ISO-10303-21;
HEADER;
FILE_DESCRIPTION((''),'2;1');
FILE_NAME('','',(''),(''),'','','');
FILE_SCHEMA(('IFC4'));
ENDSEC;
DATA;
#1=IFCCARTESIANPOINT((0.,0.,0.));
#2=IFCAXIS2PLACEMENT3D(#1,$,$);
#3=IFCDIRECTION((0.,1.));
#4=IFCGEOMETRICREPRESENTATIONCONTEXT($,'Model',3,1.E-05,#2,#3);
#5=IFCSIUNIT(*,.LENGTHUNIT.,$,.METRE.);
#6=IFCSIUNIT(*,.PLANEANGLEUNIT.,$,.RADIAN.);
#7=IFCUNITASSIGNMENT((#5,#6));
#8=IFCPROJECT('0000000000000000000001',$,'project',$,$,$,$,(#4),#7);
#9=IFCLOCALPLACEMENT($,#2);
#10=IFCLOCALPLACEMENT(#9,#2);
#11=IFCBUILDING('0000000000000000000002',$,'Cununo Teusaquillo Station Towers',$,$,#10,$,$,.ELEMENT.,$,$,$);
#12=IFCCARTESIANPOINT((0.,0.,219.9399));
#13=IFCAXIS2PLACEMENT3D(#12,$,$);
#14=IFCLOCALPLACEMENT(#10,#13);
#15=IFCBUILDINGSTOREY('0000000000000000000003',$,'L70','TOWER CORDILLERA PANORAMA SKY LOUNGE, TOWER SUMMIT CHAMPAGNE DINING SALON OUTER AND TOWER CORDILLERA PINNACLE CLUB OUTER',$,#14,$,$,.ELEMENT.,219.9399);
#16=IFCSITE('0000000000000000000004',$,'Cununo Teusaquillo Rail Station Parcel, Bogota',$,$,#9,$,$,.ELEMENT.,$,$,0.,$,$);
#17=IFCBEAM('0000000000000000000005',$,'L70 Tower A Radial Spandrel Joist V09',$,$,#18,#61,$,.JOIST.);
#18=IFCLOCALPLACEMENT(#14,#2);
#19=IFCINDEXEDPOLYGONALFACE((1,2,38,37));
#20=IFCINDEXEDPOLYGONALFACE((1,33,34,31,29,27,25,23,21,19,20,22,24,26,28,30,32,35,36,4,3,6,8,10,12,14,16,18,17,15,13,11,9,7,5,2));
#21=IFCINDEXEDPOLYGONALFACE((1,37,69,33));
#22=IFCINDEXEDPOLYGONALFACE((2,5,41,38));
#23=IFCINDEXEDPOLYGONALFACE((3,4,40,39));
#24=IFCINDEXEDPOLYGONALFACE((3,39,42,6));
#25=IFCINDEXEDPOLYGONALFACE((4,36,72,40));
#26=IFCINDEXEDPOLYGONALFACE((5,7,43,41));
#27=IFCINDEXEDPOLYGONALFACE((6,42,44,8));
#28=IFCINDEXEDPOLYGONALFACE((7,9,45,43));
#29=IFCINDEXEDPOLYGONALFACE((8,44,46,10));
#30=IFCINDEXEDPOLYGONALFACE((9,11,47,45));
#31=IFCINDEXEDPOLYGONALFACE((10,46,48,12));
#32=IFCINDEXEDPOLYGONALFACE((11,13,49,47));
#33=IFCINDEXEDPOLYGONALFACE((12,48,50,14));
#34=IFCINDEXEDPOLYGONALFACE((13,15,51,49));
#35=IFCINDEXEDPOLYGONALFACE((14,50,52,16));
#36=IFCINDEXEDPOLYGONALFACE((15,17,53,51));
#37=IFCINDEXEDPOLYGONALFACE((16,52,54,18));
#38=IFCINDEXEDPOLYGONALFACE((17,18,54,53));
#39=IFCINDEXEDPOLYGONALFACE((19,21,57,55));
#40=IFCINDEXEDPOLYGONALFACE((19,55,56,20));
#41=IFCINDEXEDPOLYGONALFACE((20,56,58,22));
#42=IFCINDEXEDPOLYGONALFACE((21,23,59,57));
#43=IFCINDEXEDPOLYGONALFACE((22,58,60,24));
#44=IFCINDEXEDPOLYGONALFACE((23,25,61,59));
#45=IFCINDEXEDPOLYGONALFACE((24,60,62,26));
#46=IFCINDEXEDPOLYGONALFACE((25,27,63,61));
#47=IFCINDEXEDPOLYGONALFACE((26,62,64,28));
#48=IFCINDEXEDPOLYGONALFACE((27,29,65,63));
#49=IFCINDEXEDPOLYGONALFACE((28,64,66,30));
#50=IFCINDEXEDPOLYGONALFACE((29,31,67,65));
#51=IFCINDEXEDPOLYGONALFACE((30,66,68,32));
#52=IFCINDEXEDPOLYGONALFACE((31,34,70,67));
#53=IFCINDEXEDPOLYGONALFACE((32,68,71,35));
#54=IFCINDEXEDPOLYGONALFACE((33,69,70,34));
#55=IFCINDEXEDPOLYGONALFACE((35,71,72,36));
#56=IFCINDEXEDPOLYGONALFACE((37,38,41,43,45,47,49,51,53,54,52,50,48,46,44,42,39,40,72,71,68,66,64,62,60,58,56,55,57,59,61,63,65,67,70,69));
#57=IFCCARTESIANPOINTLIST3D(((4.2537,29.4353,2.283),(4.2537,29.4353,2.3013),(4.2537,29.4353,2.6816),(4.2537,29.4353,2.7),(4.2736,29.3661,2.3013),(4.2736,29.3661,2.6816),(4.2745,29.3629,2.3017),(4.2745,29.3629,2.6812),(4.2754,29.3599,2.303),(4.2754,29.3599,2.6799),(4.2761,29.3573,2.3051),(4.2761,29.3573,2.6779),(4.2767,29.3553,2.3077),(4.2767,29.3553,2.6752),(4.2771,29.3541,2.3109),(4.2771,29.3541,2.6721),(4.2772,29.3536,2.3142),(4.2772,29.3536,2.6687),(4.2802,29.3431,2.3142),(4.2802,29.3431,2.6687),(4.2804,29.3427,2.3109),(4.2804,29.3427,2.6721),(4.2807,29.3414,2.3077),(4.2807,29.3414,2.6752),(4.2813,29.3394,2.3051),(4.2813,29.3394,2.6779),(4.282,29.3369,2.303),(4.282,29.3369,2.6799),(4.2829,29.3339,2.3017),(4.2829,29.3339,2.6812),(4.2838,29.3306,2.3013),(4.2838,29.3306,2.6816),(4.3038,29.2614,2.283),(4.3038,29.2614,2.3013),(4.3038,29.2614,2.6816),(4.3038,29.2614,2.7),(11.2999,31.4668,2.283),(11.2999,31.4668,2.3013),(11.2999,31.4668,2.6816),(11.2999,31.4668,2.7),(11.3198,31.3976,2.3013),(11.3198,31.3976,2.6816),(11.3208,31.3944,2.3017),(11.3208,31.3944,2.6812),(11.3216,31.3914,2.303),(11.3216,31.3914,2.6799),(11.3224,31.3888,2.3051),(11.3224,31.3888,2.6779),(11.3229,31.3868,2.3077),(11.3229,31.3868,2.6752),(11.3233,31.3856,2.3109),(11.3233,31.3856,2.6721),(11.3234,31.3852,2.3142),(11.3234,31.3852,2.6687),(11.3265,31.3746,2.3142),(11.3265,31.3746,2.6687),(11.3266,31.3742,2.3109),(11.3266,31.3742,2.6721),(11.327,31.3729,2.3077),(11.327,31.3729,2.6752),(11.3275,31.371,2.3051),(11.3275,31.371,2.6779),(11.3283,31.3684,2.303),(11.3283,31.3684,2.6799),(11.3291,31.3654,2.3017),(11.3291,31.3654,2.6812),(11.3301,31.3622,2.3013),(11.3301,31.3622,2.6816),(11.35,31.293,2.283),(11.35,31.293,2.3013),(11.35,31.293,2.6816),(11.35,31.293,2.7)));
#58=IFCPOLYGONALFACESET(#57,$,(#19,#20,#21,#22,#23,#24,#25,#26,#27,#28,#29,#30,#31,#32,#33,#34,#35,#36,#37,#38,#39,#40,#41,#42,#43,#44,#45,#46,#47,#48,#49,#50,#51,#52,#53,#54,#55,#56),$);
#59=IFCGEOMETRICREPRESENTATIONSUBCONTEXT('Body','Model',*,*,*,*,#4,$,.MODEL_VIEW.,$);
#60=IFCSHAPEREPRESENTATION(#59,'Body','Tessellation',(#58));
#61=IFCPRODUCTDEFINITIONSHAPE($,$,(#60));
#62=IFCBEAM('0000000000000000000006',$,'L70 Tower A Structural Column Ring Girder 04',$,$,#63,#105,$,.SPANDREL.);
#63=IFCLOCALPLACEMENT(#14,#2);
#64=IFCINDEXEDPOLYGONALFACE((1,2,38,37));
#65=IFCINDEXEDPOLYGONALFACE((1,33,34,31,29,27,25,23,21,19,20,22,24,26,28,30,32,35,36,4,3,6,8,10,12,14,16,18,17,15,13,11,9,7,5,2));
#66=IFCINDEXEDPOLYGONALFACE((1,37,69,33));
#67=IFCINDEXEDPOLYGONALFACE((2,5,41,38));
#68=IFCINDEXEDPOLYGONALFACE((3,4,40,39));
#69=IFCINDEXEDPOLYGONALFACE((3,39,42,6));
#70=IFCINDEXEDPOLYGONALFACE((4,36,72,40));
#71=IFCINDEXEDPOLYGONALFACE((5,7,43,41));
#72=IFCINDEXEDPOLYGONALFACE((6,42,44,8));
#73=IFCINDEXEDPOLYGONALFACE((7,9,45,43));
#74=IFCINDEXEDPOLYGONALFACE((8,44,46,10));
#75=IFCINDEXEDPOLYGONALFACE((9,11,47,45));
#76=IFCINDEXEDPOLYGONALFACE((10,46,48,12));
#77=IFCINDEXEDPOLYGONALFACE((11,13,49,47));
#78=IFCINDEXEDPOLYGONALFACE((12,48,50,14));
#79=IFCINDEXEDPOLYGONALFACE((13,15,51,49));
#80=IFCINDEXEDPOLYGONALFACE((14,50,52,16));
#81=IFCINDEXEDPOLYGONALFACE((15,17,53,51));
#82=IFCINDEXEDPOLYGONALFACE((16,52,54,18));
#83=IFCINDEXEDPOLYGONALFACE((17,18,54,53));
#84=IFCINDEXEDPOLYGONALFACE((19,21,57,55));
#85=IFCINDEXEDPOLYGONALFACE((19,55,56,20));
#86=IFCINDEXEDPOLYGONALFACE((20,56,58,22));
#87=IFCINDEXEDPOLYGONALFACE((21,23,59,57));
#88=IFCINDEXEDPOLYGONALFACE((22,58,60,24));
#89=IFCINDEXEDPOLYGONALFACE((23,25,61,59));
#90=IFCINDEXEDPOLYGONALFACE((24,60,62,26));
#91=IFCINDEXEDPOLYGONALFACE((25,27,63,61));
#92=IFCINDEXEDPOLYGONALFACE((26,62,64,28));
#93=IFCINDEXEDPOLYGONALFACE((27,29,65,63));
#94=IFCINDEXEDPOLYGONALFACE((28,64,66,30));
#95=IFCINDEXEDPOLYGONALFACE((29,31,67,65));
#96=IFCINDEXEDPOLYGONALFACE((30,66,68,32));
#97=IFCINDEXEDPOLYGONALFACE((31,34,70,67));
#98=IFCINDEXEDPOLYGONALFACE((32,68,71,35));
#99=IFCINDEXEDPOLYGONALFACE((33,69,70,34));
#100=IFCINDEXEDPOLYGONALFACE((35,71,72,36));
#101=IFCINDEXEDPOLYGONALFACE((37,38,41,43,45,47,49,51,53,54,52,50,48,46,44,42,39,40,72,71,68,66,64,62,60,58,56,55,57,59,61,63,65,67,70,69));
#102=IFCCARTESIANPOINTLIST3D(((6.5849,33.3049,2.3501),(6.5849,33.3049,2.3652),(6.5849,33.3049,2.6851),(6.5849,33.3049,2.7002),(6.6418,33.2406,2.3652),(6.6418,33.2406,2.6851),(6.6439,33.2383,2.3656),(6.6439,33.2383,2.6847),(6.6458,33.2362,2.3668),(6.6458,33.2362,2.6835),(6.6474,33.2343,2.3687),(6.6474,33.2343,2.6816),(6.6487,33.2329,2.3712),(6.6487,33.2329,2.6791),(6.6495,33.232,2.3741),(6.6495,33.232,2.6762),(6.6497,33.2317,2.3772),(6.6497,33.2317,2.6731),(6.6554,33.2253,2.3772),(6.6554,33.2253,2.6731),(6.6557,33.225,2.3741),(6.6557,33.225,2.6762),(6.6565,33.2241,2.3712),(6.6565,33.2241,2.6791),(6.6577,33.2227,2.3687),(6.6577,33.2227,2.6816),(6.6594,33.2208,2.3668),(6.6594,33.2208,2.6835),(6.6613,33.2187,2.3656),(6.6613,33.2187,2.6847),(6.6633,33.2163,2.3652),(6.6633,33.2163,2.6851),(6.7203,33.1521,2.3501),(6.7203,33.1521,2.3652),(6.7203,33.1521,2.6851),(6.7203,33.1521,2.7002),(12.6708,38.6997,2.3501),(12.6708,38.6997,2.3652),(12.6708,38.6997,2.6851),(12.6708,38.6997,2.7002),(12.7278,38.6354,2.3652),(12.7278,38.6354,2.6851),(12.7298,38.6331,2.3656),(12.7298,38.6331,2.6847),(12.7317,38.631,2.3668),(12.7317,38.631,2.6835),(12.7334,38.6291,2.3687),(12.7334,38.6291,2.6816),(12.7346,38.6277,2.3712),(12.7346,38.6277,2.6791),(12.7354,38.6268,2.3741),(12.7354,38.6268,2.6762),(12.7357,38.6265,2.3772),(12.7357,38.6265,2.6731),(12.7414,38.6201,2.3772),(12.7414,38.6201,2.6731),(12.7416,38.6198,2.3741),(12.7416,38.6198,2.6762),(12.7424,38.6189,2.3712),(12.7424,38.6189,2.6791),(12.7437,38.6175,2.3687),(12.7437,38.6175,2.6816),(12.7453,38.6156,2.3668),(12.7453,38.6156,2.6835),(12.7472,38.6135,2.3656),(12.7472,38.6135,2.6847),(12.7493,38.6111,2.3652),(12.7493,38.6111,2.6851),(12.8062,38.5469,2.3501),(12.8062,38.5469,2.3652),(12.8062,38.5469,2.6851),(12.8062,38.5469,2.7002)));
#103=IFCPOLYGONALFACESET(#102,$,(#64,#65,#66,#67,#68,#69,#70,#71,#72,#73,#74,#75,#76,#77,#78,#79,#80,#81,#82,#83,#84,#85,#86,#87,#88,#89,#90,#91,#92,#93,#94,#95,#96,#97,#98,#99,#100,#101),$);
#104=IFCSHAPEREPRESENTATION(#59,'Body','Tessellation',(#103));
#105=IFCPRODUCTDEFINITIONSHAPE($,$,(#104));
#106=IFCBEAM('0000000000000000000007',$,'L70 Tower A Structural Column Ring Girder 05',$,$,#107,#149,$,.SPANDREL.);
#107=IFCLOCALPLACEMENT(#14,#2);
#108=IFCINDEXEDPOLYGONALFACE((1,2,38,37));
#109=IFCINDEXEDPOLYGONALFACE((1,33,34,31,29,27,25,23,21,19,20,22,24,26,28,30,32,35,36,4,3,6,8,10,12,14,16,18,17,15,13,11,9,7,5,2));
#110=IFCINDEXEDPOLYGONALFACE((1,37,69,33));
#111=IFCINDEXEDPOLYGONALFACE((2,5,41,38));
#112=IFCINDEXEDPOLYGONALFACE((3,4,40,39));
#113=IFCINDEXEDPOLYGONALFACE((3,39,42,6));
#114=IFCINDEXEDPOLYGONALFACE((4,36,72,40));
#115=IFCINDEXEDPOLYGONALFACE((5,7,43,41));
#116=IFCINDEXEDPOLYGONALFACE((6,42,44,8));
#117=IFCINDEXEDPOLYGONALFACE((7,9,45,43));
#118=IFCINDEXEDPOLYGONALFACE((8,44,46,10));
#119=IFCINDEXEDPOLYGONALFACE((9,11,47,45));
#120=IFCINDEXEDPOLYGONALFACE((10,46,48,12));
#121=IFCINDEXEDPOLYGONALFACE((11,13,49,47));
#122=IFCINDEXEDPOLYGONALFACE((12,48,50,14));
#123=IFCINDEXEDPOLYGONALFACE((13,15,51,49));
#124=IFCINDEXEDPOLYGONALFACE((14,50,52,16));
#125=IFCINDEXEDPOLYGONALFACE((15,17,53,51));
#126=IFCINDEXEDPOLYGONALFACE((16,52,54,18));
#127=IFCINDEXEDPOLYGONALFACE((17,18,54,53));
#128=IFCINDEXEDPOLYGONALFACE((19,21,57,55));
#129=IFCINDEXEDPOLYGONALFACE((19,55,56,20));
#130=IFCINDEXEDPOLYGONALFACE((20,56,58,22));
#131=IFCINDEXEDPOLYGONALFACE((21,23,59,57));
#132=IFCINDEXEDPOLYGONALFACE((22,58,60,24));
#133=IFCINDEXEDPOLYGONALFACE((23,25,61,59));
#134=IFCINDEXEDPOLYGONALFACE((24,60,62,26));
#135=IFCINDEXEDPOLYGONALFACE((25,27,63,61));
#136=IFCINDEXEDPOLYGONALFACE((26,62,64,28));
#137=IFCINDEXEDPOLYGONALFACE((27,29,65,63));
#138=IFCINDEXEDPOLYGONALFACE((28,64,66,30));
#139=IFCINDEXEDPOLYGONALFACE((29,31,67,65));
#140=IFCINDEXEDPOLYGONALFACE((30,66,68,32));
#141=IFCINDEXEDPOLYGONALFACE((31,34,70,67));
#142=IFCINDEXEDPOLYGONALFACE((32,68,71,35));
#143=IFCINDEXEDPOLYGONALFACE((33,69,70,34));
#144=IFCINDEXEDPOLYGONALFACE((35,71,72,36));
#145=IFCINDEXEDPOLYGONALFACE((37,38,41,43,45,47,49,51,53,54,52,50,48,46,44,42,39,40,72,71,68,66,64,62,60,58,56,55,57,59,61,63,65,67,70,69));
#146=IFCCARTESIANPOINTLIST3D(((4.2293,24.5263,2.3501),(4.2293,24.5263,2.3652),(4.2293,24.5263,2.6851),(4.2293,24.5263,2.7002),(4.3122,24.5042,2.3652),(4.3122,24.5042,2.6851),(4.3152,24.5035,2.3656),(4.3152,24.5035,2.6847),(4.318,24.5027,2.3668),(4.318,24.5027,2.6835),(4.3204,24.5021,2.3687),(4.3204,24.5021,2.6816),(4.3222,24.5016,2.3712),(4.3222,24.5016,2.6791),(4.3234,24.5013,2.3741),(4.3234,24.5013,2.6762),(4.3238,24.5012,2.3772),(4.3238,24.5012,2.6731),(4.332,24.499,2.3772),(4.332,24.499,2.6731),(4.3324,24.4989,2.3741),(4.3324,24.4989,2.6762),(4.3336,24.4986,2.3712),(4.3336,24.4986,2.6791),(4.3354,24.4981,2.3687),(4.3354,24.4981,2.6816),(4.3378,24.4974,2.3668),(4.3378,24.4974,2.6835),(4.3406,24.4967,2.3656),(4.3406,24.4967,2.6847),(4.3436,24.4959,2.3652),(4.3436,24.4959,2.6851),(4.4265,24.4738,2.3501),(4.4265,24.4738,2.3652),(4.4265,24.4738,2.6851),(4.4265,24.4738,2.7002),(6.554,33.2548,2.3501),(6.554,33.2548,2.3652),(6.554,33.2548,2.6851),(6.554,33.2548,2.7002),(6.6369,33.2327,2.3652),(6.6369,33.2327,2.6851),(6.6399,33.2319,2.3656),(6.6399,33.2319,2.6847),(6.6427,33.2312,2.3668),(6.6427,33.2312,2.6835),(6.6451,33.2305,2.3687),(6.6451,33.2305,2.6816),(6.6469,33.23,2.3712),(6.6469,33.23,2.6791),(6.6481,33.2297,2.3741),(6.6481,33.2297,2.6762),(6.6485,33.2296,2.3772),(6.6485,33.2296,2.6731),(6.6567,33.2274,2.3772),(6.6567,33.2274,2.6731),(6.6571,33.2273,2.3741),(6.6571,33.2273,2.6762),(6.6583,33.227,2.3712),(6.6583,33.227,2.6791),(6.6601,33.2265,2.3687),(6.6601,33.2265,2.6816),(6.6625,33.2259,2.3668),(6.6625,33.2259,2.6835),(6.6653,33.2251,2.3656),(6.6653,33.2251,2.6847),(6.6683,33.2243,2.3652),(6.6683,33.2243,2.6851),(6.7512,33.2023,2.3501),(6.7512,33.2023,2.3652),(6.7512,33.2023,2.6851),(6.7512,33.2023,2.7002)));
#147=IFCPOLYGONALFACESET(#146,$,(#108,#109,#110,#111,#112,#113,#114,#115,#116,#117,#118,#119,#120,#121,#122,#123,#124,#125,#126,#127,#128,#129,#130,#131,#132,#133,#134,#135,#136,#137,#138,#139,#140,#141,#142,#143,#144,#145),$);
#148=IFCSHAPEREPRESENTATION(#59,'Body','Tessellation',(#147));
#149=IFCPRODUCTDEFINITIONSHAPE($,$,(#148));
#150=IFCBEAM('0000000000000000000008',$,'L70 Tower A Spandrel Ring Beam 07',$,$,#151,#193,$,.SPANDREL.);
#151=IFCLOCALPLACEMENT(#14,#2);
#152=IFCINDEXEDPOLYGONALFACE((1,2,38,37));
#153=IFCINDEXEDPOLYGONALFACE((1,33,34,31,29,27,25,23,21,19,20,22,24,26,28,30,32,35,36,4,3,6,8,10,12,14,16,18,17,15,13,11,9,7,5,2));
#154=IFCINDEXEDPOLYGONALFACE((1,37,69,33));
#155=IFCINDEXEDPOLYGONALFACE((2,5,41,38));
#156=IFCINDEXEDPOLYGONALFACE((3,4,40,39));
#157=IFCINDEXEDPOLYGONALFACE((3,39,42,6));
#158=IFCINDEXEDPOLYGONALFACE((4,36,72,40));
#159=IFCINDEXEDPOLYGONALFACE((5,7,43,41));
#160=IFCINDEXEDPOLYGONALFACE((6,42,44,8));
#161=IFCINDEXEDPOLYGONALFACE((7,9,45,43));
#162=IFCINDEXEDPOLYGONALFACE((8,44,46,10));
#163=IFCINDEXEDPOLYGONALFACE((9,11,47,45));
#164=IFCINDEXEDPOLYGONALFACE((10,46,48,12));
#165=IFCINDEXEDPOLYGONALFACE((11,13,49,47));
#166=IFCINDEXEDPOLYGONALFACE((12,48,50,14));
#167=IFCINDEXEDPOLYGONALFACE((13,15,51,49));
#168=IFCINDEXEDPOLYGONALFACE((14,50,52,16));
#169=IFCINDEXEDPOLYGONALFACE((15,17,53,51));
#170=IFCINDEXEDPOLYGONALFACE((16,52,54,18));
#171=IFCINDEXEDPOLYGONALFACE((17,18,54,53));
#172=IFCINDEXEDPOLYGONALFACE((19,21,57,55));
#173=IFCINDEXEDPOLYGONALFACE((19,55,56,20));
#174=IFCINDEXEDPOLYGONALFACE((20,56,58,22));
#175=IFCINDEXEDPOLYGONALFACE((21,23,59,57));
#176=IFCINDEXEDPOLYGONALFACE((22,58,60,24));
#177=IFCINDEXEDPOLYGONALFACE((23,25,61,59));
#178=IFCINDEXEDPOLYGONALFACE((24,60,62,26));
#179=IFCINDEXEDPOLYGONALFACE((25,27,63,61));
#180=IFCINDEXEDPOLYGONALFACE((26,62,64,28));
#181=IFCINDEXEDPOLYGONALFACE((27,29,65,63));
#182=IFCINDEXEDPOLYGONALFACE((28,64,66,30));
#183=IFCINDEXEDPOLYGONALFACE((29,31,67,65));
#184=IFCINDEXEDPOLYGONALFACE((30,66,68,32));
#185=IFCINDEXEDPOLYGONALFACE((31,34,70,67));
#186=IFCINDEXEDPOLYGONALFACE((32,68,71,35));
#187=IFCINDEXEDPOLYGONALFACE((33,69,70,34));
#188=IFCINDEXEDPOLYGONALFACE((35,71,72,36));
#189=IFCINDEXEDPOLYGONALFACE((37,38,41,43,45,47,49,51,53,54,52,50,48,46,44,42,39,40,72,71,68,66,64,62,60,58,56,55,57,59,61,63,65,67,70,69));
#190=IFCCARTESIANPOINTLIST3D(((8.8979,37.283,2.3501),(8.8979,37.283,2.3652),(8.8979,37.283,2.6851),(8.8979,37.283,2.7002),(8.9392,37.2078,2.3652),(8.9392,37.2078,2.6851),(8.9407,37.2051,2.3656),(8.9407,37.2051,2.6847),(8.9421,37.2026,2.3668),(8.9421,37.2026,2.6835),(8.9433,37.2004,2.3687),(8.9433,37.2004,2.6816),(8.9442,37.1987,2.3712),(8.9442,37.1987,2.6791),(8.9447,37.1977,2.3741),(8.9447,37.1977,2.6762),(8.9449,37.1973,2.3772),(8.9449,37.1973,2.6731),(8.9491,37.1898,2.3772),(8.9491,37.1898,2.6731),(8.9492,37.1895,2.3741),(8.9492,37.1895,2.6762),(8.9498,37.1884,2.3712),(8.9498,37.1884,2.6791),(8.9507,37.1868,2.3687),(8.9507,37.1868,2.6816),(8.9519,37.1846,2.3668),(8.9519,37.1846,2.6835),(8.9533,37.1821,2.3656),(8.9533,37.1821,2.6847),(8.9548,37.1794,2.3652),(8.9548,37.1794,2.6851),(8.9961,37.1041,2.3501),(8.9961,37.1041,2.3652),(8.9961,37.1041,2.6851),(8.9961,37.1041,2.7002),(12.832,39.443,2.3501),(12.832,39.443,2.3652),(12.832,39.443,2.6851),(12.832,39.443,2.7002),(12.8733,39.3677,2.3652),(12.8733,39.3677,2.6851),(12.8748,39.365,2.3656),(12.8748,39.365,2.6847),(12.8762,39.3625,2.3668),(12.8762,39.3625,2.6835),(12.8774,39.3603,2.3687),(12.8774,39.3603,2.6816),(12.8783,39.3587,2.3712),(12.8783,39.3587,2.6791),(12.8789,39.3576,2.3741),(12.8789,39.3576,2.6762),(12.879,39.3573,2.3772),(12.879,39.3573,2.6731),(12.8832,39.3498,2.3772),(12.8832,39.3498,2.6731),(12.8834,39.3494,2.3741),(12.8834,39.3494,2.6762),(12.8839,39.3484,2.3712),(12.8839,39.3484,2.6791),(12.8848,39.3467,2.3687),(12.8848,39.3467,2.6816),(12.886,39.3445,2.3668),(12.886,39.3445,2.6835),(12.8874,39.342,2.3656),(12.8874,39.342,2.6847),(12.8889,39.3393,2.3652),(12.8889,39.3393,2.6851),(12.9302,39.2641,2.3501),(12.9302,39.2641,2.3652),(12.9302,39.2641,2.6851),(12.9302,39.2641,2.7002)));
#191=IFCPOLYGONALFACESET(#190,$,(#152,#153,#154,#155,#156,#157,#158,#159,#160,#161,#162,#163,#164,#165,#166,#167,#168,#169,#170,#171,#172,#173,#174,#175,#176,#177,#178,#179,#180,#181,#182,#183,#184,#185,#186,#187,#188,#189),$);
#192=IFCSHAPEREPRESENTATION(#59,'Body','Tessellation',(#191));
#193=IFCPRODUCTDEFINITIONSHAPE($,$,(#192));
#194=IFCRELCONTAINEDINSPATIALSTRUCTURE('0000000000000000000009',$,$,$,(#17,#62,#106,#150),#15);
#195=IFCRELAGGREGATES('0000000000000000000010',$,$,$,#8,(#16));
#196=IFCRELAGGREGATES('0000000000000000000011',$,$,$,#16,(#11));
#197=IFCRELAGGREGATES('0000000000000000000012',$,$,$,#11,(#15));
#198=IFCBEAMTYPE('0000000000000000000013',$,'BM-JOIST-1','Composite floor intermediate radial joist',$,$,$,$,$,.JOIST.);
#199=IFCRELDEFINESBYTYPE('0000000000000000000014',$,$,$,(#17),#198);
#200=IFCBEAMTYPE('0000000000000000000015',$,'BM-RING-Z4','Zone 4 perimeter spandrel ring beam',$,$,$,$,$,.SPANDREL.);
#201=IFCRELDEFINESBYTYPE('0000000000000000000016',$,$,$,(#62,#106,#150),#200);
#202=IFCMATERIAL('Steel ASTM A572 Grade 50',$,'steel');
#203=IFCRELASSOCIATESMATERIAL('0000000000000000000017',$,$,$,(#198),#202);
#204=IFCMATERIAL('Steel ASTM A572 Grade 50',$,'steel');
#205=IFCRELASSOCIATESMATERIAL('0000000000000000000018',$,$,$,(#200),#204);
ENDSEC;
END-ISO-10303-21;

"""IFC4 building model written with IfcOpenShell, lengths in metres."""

from ifc_helpers import new_model, si_unit, direction, frame, origin, origin_2d, place, context, subcontext, project, spatial, i_section, extrude, material, material_profile, profile_set, type_object, element, save


model = new_model("IFC4")

# Units and contexts
model_context = context("Model", 3, precision=1e-05, world=origin(), true_north=direction((0.0, 1.0)))
body_context = subcontext(model_context, "Body", "Model", "MODEL_VIEW")
ifc_project = project(units=[si_unit("LENGTHUNIT", "METRE"), si_unit("PLANEANGLEUNIT", "RADIAN")], contexts=[model_context])

# Site, building, storey
site_placement = place(None, origin())
site = spatial("IfcSite", under=ifc_project, at=site_placement, Name="Cununo Teusaquillo Rail Station Parcel, Bogota", CompositionType="ELEMENT", RefElevation=0.0)
building_placement = place(site_placement, origin())
building = spatial("IfcBuilding", under=site, at=building_placement, Name="Cununo Teusaquillo Station Towers", CompositionType="ELEMENT")
storey_placement = place(building_placement, frame((0.0, 0.0, 219.9399)))
storey = spatial("IfcBuildingStorey", under=building, at=storey_placement, Name="L70", Description="TOWER CORDILLERA PANORAMA SKY LOUNGE, TOWER SUMMIT CHAMPAGNE DINING SALON OUTER AND TOWER CORDILLERA PINNACLE CLUB OUTER", CompositionType="ELEMENT", Elevation=219.9399)

# Beams
ifc_material_1 = material(Name="Steel ASTM A572 Grade 50", Category="steel")
ifc_material_profile_1 = material_profile(ifc_material_1, i_section(OverallWidth=0.1809, OverallDepth=0.417, WebThickness=0.011, FlangeThickness=0.0183, FilletRadius=0.0129, at=origin_2d()), Name="W16X57")
ifc_profile_set_1 = profile_set([ifc_material_profile_1], Name="Steel ASTM A572 Grade 50")
beam_type_1 = type_object("IfcBeamType", Name="BM-JOIST-1", Description="Composite floor intermediate radial joist", PredefinedType="JOIST", material=ifc_profile_set_1)
beam_1_placement = place(storey_placement, frame((11.325, 31.3799, 2.4915), z_axis=(-0.960862, -0.277029, 0.0), x_axis=(0.277029, -0.960862, 0.0)))
element("IfcBeam", 1, at=beam_1_placement, inside=storey, type_object=beam_type_1, Name="L70 Tower A Radial Spandrel Joist V09", PredefinedType="JOIST", context=body_context, shape_type="SweptSolid", body=[
    extrude(i_section(OverallWidth=0.1809, OverallDepth=0.417, WebThickness=0.011, FlangeThickness=0.0183, FilletRadius=0.0129, at=origin_2d()), origin(), (0.0, 0.0, 1.0), 7.3333),
])
ifc_material_2 = material(Name="Steel ASTM A572 Grade 50", Category="steel")
ifc_material_profile_2 = material_profile(ifc_material_2, i_section(OverallWidth=0.2041, OverallDepth=0.3501, WebThickness=0.0085, FlangeThickness=0.0151, FilletRadius=0.012, at=origin_2d()), Name="W14X48")
ifc_profile_set_2 = profile_set([ifc_material_profile_2], Name="Steel ASTM A572 Grade 50")
beam_type_2 = type_object("IfcBeamType", Name="BM-RING-Z4", Description="Zone 4 perimeter spandrel ring beam", PredefinedType="SPANDREL", material=ifc_profile_set_2)
beam_2_placement = place(storey_placement, frame((12.7385, 38.6233, 2.5251), z_axis=(-0.748321, -0.663337, 0.0), x_axis=(0.663337, -0.748321, 0.0)))
element("IfcBeam", 2, at=beam_2_placement, inside=storey, type_object=beam_type_2, Name="L70 Tower A Structural Column Ring Girder 04", PredefinedType="SPANDREL", context=body_context, shape_type="SweptSolid", body=[
    extrude(i_section(OverallWidth=0.2041, OverallDepth=0.3501, WebThickness=0.0085, FlangeThickness=0.0151, FilletRadius=0.012, at=origin_2d()), origin(), (0.0, 0.0, 1.0), 8.1328),
])
beam_3_placement = place(storey_placement, frame((6.6526, 33.2285, 2.5251), z_axis=(-0.257363, -0.966315, 0.0), x_axis=(0.966315, -0.257363, 0.0)))
element("IfcBeam", 3, at=beam_3_placement, inside=storey, type_object=beam_type_2, Name="L70 Tower A Structural Column Ring Girder 05", PredefinedType="SPANDREL", context=body_context, shape_type="SweptSolid", body=[
    extrude(i_section(OverallWidth=0.2041, OverallDepth=0.3501, WebThickness=0.0085, FlangeThickness=0.0151, FilletRadius=0.012, at=origin_2d()), origin(), (0.0, 0.0, 1.0), 9.0327),
])
beam_4_placement = place(storey_placement, frame((12.8811, 39.3535, 2.5251), z_axis=(-0.876576, -0.481263, 0.0), x_axis=(0.481263, -0.876576, 0.0)))
element("IfcBeam", 4, at=beam_4_placement, inside=storey, type_object=beam_type_2, Name="L70 Tower A Spandrel Ring Beam 07", PredefinedType="SPANDREL", context=body_context, shape_type="SweptSolid", body=[
    extrude(i_section(OverallWidth=0.2041, OverallDepth=0.3501, WebThickness=0.0085, FlangeThickness=0.0151, FilletRadius=0.012, at=origin_2d()), origin(), (0.0, 0.0, 1.0), 4.488),
])

save(model, "model.ifc")
